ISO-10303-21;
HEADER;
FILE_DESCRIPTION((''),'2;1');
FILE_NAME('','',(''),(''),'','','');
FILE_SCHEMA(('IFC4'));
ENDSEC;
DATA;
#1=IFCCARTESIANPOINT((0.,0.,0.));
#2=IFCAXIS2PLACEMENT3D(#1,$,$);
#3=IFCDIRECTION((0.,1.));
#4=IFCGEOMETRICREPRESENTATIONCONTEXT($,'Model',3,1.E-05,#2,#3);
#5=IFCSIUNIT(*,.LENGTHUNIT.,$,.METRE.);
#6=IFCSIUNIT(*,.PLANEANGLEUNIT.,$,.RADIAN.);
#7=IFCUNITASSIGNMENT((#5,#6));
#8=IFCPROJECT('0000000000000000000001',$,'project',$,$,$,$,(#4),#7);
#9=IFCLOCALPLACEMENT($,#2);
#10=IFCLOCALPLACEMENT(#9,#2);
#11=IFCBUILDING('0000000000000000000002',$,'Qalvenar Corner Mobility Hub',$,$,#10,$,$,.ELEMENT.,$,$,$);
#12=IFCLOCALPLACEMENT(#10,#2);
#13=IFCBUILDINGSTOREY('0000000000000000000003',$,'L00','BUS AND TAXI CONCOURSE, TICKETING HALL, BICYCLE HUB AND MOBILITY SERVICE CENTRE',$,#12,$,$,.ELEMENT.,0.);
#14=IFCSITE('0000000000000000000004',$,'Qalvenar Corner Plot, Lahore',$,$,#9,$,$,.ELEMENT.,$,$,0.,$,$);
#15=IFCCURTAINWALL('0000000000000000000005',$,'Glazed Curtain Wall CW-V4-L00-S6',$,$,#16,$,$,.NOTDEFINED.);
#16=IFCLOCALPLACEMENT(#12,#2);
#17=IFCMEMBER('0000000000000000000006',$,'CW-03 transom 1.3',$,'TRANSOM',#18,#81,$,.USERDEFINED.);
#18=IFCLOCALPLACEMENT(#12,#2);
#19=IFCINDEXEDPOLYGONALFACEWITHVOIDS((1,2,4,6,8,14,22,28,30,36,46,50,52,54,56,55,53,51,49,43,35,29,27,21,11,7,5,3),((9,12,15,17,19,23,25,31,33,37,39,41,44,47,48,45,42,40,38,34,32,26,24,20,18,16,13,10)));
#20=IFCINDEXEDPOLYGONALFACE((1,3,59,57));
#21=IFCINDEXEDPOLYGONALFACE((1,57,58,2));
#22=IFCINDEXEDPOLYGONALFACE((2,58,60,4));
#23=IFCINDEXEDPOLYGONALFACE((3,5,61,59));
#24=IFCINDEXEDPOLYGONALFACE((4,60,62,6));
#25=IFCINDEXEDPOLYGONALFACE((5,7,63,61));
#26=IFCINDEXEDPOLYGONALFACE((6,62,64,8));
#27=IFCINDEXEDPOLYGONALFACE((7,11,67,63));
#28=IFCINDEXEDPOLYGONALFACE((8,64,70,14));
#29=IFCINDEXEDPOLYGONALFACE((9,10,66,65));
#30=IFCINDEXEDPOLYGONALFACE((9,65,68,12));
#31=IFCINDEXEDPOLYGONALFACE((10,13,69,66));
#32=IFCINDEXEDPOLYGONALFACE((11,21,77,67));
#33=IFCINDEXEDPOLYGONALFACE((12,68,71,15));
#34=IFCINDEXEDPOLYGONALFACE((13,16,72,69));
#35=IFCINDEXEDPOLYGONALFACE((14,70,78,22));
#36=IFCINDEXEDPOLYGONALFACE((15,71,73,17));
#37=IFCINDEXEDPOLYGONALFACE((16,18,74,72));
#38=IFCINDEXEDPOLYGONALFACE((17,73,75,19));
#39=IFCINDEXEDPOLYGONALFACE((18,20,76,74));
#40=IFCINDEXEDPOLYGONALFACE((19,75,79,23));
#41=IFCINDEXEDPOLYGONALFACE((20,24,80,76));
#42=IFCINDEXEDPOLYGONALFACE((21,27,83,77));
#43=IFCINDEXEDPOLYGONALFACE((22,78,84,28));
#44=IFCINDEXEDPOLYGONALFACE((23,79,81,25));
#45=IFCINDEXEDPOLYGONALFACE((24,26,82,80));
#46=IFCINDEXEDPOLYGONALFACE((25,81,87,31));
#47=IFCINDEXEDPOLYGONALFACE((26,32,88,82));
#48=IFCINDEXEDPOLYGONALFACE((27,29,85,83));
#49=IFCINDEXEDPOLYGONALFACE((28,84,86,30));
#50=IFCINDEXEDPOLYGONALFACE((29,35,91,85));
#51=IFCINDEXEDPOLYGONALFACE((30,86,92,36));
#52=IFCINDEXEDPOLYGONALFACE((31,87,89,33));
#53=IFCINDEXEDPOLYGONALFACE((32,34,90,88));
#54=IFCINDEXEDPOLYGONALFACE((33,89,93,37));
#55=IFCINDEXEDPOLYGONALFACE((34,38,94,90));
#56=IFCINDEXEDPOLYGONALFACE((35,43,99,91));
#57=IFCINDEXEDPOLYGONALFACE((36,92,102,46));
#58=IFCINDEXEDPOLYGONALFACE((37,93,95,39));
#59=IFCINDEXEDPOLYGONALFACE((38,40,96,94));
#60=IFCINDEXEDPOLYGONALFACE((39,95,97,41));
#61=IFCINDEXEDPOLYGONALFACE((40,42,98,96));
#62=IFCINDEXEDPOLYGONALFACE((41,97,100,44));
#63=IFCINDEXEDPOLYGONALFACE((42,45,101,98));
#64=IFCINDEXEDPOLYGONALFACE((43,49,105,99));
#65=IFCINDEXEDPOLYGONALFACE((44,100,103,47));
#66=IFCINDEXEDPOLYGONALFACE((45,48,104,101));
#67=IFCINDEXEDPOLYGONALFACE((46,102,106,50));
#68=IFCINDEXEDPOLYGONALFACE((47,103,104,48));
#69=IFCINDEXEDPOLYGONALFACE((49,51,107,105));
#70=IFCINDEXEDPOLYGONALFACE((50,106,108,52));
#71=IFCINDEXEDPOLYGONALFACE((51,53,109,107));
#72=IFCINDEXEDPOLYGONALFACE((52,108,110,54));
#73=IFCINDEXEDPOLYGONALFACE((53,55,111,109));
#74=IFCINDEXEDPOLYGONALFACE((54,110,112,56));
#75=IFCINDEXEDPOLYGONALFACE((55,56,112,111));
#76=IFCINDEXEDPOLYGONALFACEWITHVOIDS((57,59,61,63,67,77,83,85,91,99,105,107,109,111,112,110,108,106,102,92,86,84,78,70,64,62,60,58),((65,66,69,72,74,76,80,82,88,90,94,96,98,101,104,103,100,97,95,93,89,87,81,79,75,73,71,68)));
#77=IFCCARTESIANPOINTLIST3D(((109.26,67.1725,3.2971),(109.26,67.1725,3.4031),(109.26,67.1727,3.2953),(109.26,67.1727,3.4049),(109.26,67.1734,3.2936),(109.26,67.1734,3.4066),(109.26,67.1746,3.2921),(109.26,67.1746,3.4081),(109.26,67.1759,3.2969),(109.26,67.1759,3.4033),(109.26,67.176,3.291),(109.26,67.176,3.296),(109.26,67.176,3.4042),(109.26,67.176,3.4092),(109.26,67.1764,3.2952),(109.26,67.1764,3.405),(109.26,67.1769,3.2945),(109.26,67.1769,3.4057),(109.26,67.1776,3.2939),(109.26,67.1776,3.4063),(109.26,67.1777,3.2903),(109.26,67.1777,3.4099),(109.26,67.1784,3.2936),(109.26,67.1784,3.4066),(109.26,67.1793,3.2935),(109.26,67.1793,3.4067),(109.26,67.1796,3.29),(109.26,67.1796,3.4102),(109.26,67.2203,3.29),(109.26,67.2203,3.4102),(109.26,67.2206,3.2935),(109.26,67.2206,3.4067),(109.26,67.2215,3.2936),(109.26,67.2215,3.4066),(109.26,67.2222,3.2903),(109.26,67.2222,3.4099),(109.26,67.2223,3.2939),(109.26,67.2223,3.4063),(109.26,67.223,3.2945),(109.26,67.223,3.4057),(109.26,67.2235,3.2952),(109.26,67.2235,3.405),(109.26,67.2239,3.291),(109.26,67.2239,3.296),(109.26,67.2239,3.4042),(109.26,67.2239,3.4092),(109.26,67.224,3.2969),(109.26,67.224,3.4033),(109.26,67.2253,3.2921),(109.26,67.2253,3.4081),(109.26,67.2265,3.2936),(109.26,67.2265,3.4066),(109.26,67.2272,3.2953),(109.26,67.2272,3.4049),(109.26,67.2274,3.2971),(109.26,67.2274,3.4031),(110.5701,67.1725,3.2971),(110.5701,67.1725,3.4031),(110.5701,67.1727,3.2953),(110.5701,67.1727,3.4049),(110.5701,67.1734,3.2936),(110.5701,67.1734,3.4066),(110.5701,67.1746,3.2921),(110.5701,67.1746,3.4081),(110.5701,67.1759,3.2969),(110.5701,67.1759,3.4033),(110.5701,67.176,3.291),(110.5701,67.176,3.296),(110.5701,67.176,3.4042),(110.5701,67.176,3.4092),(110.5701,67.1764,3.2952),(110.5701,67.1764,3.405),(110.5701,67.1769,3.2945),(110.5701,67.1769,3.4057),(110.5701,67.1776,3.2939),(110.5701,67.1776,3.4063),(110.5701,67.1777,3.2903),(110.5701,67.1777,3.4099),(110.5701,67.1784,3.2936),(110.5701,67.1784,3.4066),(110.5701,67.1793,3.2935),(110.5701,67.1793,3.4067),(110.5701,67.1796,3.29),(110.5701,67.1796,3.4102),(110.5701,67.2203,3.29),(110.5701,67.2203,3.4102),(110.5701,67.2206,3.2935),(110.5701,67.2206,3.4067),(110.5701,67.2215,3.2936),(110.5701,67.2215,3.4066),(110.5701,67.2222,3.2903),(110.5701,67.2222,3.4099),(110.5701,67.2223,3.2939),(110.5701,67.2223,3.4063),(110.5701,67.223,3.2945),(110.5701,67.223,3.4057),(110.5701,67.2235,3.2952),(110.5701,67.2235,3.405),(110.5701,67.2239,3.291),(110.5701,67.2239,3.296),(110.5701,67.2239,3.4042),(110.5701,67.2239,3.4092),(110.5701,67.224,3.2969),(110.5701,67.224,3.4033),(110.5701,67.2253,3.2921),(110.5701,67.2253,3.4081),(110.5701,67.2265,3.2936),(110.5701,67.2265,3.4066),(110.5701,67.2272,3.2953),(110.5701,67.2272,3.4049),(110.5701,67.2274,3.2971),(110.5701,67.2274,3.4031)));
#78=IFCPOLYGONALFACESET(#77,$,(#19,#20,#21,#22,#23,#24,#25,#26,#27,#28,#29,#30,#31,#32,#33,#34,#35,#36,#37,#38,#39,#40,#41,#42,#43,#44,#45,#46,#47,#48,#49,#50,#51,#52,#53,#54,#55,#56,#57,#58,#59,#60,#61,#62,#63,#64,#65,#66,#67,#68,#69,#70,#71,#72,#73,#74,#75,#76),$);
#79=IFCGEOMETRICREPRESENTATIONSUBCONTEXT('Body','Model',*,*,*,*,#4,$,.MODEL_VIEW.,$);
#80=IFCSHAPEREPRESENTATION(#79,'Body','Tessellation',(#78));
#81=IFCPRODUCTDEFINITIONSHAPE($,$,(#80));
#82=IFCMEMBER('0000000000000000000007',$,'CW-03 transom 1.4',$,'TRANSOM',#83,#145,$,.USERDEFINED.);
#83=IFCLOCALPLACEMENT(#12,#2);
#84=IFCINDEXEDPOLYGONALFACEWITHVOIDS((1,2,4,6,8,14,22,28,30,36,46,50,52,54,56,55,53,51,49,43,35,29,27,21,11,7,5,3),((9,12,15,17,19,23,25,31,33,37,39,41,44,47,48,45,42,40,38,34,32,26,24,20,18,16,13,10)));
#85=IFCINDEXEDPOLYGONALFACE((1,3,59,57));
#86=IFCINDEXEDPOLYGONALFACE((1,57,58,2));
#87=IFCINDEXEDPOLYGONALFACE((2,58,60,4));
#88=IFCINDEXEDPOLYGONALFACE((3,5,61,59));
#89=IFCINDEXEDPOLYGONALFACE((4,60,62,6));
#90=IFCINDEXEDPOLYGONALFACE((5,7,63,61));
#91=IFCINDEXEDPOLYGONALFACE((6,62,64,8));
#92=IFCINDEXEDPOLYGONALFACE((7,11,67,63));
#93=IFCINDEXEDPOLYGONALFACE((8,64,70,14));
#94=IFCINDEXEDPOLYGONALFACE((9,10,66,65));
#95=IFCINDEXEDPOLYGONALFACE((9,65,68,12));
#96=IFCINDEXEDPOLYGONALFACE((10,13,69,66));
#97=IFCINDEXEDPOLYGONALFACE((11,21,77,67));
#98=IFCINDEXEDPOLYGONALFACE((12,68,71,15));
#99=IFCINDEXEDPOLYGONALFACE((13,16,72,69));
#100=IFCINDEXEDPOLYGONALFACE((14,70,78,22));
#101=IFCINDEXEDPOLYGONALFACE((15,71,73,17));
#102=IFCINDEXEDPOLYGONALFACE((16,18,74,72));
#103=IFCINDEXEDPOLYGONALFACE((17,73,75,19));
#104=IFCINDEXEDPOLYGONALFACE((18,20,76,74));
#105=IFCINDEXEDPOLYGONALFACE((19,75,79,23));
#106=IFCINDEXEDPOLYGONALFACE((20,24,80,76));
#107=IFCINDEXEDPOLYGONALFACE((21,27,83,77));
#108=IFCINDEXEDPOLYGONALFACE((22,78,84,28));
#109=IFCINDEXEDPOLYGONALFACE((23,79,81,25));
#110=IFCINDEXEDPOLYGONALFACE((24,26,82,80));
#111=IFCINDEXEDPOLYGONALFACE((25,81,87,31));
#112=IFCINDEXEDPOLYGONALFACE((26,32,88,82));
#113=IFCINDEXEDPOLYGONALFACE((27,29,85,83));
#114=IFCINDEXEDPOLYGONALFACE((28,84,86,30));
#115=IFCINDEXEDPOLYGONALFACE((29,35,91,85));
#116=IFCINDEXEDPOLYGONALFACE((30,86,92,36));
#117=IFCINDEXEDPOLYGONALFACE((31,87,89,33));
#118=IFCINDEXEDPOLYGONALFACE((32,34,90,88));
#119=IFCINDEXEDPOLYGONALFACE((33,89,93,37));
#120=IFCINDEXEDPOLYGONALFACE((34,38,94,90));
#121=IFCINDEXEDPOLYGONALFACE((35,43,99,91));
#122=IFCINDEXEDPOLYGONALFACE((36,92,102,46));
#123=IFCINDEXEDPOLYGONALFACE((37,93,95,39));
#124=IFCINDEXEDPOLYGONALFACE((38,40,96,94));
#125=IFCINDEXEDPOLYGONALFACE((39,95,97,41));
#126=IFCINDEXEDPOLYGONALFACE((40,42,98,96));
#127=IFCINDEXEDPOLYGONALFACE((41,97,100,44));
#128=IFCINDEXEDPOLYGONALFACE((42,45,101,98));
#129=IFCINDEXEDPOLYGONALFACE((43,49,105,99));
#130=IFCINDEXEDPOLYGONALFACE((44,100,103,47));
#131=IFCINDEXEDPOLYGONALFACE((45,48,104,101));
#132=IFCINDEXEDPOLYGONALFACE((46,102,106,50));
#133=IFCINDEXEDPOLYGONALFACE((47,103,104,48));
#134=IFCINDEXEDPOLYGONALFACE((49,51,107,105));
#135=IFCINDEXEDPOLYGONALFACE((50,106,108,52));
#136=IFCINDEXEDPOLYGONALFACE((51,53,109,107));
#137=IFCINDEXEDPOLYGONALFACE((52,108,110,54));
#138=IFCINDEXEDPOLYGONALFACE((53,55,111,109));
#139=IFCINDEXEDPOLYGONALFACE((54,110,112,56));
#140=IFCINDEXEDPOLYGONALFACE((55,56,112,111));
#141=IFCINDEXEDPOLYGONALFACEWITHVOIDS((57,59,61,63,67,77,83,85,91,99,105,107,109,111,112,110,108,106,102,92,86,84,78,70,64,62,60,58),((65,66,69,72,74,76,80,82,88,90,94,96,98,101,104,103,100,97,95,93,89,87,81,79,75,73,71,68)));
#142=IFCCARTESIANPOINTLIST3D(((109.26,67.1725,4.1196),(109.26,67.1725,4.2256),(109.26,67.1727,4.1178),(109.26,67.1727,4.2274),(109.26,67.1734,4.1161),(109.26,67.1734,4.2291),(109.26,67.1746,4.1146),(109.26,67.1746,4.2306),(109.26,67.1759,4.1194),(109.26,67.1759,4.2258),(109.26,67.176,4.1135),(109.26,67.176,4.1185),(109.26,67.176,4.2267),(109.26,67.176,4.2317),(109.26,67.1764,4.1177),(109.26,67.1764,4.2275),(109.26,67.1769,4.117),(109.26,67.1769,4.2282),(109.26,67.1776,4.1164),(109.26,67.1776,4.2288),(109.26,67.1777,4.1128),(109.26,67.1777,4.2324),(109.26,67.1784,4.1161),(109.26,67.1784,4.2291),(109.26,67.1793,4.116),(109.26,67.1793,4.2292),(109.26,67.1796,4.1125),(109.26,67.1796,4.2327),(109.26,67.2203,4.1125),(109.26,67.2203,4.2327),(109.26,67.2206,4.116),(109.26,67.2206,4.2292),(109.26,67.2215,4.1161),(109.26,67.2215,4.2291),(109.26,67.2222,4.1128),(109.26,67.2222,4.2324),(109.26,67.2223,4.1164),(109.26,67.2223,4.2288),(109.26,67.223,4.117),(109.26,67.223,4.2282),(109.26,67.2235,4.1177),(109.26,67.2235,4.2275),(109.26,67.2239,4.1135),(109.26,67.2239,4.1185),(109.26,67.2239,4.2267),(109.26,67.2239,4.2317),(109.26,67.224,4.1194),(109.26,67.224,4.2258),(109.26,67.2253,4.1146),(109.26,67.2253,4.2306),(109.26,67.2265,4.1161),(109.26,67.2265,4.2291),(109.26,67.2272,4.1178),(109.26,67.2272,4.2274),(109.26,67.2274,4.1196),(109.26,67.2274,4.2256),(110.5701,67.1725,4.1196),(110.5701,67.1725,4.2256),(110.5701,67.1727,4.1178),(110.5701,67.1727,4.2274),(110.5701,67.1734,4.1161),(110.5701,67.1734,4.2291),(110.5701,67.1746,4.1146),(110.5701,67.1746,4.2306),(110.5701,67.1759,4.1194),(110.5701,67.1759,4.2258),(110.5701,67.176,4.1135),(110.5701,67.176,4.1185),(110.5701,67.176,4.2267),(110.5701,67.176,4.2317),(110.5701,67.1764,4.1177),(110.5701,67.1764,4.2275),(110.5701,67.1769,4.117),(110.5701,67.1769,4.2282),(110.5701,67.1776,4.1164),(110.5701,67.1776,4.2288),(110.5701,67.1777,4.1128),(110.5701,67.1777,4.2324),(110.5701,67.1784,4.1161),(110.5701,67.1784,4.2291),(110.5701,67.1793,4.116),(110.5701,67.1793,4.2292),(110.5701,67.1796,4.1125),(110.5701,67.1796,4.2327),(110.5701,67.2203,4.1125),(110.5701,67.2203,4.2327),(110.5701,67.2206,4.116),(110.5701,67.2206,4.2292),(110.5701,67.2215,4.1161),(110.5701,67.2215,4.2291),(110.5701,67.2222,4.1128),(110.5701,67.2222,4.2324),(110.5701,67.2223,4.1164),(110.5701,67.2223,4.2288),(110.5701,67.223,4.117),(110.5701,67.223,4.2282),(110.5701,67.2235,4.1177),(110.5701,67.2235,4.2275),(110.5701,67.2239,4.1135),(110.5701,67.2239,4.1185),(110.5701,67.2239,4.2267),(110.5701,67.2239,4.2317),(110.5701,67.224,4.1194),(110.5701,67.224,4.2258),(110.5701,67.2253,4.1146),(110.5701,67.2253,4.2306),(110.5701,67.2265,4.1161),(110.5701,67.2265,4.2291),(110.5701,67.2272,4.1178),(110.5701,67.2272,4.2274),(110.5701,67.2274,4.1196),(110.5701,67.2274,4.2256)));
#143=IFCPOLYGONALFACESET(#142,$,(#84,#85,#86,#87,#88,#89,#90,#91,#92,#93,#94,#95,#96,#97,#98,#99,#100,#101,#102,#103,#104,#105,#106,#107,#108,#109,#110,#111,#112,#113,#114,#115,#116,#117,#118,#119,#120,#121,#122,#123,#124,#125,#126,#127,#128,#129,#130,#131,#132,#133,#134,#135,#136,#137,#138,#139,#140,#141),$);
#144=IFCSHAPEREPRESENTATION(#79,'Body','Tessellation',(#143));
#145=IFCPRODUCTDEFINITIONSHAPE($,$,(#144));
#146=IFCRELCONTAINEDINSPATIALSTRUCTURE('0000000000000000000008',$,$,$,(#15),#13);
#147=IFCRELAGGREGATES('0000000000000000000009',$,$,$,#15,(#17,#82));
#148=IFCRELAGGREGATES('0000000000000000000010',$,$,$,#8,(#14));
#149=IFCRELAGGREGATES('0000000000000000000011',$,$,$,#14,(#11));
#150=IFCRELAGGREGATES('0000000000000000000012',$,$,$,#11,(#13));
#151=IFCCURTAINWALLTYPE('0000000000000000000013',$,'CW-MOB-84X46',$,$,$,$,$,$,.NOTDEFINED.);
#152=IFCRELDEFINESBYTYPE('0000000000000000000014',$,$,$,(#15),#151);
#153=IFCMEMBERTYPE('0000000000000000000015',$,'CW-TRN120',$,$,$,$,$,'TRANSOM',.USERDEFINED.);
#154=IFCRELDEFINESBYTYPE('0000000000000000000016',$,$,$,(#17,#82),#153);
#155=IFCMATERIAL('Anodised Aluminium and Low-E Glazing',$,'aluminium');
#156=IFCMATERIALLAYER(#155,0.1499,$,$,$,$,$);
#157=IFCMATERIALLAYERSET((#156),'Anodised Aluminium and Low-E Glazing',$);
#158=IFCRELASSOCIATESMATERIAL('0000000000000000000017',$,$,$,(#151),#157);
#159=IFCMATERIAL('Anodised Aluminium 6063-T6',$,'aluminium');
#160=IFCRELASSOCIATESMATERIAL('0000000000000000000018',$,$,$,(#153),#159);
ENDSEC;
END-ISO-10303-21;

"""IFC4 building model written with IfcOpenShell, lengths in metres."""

from ifc_helpers import new_model, si_unit, direction, frame, origin, origin_2d, place, context, subcontext, project, spatial, hollow_rectangle, extrude, material, layer, layer_set, material_profile, profile_set, type_object, element, aggregate, save


model = new_model("IFC4")

# Units and contexts
model_context = context("Model", 3, precision=1e-05, world=origin(), true_north=direction((0.0, 1.0)))
body_context = subcontext(model_context, "Body", "Model", "MODEL_VIEW")
ifc_project = project(units=[si_unit("LENGTHUNIT", "METRE"), si_unit("PLANEANGLEUNIT", "RADIAN")], contexts=[model_context])

# Site, building, storey
site_placement = place(None, origin())
site = spatial("IfcSite", under=ifc_project, at=site_placement, Name="Qalvenar Corner Plot, Lahore", CompositionType="ELEMENT", RefElevation=0.0)
building_placement = place(site_placement, origin())
building = spatial("IfcBuilding", under=site, at=building_placement, Name="Qalvenar Corner Mobility Hub", CompositionType="ELEMENT")
storey_placement = place(building_placement, origin())
storey = spatial("IfcBuildingStorey", under=building, at=storey_placement, Name="L00", Description="BUS AND TAXI CONCOURSE, TICKETING HALL, BICYCLE HUB AND MOBILITY SERVICE CENTRE", CompositionType="ELEMENT", Elevation=0.0)

# Curtain wall
ifc_material_1 = material(Name="Anodised Aluminium and Low-E Glazing", Category="aluminium")
ifc_layer_1 = layer(ifc_material_1, 0.1499)
ifc_layer_set_1 = layer_set([ifc_layer_1], Name="Anodised Aluminium and Low-E Glazing")
curtain_wall_type = type_object("IfcCurtainWallType", Name="CW-MOB-84X46", PredefinedType="NOTDEFINED", material=ifc_layer_set_1)
ifc_material_2 = material(Name="Anodised Aluminium 6063-T6", Category="aluminium")
curtain_wall_1_placement = place(storey_placement, origin())
curtain_wall_1 = element("IfcCurtainWall", 1, at=curtain_wall_1_placement, inside=storey, type_object=curtain_wall_type, Name="Glazed Curtain Wall CW-V4-L00-S6", PredefinedType="NOTDEFINED")

# Members
ifc_material_profile_1 = material_profile(ifc_material_2, hollow_rectangle(XDim=0.0549, YDim=0.1201, WallThickness=0.0034, InnerFilletRadius=0.0034, OuterFilletRadius=0.0071, at=origin_2d()), Name="RHS120x55x3.5")
ifc_profile_set_1 = profile_set([ifc_material_profile_1], Name="Anodised Aluminium 6063-T6")
member_type_1 = type_object("IfcMemberType", Name="CW-TRN120", ElementType="TRANSOM", PredefinedType="USERDEFINED", material=ifc_profile_set_1)
member_1_placement = place(storey_placement, frame((109.26, 67.2, 3.3501), z_axis=(1.0, 0.0, 0.0), x_axis=(0.0, 1.0, 0.0)))
member_1 = element("IfcMember", 2, at=member_1_placement, type_object=member_type_1, Name="CW-03 transom 1.3", ObjectType="TRANSOM", PredefinedType="USERDEFINED", context=body_context, shape_type="SweptSolid", body=[
    extrude(hollow_rectangle(XDim=0.0549, YDim=0.1201, WallThickness=0.0034, InnerFilletRadius=0.0034, OuterFilletRadius=0.0071, at=origin_2d()), origin(), (0.0, 0.0, 1.0), 1.3101),
])
member_2_placement = place(storey_placement, frame((109.26, 67.2, 4.1726), z_axis=(1.0, 0.0, 0.0), x_axis=(0.0, 1.0, 0.0)))
member_2 = element("IfcMember", 3, at=member_2_placement, type_object=member_type_1, Name="CW-03 transom 1.4", ObjectType="TRANSOM", PredefinedType="USERDEFINED", context=body_context, shape_type="SweptSolid", body=[
    extrude(hollow_rectangle(XDim=0.0549, YDim=0.1201, WallThickness=0.0034, InnerFilletRadius=0.0034, OuterFilletRadius=0.0071, at=origin_2d()), origin(), (0.0, 0.0, 1.0), 1.3101),
])

aggregate(curtain_wall_1, [member_1, member_2])

save(model, "model.ifc")
